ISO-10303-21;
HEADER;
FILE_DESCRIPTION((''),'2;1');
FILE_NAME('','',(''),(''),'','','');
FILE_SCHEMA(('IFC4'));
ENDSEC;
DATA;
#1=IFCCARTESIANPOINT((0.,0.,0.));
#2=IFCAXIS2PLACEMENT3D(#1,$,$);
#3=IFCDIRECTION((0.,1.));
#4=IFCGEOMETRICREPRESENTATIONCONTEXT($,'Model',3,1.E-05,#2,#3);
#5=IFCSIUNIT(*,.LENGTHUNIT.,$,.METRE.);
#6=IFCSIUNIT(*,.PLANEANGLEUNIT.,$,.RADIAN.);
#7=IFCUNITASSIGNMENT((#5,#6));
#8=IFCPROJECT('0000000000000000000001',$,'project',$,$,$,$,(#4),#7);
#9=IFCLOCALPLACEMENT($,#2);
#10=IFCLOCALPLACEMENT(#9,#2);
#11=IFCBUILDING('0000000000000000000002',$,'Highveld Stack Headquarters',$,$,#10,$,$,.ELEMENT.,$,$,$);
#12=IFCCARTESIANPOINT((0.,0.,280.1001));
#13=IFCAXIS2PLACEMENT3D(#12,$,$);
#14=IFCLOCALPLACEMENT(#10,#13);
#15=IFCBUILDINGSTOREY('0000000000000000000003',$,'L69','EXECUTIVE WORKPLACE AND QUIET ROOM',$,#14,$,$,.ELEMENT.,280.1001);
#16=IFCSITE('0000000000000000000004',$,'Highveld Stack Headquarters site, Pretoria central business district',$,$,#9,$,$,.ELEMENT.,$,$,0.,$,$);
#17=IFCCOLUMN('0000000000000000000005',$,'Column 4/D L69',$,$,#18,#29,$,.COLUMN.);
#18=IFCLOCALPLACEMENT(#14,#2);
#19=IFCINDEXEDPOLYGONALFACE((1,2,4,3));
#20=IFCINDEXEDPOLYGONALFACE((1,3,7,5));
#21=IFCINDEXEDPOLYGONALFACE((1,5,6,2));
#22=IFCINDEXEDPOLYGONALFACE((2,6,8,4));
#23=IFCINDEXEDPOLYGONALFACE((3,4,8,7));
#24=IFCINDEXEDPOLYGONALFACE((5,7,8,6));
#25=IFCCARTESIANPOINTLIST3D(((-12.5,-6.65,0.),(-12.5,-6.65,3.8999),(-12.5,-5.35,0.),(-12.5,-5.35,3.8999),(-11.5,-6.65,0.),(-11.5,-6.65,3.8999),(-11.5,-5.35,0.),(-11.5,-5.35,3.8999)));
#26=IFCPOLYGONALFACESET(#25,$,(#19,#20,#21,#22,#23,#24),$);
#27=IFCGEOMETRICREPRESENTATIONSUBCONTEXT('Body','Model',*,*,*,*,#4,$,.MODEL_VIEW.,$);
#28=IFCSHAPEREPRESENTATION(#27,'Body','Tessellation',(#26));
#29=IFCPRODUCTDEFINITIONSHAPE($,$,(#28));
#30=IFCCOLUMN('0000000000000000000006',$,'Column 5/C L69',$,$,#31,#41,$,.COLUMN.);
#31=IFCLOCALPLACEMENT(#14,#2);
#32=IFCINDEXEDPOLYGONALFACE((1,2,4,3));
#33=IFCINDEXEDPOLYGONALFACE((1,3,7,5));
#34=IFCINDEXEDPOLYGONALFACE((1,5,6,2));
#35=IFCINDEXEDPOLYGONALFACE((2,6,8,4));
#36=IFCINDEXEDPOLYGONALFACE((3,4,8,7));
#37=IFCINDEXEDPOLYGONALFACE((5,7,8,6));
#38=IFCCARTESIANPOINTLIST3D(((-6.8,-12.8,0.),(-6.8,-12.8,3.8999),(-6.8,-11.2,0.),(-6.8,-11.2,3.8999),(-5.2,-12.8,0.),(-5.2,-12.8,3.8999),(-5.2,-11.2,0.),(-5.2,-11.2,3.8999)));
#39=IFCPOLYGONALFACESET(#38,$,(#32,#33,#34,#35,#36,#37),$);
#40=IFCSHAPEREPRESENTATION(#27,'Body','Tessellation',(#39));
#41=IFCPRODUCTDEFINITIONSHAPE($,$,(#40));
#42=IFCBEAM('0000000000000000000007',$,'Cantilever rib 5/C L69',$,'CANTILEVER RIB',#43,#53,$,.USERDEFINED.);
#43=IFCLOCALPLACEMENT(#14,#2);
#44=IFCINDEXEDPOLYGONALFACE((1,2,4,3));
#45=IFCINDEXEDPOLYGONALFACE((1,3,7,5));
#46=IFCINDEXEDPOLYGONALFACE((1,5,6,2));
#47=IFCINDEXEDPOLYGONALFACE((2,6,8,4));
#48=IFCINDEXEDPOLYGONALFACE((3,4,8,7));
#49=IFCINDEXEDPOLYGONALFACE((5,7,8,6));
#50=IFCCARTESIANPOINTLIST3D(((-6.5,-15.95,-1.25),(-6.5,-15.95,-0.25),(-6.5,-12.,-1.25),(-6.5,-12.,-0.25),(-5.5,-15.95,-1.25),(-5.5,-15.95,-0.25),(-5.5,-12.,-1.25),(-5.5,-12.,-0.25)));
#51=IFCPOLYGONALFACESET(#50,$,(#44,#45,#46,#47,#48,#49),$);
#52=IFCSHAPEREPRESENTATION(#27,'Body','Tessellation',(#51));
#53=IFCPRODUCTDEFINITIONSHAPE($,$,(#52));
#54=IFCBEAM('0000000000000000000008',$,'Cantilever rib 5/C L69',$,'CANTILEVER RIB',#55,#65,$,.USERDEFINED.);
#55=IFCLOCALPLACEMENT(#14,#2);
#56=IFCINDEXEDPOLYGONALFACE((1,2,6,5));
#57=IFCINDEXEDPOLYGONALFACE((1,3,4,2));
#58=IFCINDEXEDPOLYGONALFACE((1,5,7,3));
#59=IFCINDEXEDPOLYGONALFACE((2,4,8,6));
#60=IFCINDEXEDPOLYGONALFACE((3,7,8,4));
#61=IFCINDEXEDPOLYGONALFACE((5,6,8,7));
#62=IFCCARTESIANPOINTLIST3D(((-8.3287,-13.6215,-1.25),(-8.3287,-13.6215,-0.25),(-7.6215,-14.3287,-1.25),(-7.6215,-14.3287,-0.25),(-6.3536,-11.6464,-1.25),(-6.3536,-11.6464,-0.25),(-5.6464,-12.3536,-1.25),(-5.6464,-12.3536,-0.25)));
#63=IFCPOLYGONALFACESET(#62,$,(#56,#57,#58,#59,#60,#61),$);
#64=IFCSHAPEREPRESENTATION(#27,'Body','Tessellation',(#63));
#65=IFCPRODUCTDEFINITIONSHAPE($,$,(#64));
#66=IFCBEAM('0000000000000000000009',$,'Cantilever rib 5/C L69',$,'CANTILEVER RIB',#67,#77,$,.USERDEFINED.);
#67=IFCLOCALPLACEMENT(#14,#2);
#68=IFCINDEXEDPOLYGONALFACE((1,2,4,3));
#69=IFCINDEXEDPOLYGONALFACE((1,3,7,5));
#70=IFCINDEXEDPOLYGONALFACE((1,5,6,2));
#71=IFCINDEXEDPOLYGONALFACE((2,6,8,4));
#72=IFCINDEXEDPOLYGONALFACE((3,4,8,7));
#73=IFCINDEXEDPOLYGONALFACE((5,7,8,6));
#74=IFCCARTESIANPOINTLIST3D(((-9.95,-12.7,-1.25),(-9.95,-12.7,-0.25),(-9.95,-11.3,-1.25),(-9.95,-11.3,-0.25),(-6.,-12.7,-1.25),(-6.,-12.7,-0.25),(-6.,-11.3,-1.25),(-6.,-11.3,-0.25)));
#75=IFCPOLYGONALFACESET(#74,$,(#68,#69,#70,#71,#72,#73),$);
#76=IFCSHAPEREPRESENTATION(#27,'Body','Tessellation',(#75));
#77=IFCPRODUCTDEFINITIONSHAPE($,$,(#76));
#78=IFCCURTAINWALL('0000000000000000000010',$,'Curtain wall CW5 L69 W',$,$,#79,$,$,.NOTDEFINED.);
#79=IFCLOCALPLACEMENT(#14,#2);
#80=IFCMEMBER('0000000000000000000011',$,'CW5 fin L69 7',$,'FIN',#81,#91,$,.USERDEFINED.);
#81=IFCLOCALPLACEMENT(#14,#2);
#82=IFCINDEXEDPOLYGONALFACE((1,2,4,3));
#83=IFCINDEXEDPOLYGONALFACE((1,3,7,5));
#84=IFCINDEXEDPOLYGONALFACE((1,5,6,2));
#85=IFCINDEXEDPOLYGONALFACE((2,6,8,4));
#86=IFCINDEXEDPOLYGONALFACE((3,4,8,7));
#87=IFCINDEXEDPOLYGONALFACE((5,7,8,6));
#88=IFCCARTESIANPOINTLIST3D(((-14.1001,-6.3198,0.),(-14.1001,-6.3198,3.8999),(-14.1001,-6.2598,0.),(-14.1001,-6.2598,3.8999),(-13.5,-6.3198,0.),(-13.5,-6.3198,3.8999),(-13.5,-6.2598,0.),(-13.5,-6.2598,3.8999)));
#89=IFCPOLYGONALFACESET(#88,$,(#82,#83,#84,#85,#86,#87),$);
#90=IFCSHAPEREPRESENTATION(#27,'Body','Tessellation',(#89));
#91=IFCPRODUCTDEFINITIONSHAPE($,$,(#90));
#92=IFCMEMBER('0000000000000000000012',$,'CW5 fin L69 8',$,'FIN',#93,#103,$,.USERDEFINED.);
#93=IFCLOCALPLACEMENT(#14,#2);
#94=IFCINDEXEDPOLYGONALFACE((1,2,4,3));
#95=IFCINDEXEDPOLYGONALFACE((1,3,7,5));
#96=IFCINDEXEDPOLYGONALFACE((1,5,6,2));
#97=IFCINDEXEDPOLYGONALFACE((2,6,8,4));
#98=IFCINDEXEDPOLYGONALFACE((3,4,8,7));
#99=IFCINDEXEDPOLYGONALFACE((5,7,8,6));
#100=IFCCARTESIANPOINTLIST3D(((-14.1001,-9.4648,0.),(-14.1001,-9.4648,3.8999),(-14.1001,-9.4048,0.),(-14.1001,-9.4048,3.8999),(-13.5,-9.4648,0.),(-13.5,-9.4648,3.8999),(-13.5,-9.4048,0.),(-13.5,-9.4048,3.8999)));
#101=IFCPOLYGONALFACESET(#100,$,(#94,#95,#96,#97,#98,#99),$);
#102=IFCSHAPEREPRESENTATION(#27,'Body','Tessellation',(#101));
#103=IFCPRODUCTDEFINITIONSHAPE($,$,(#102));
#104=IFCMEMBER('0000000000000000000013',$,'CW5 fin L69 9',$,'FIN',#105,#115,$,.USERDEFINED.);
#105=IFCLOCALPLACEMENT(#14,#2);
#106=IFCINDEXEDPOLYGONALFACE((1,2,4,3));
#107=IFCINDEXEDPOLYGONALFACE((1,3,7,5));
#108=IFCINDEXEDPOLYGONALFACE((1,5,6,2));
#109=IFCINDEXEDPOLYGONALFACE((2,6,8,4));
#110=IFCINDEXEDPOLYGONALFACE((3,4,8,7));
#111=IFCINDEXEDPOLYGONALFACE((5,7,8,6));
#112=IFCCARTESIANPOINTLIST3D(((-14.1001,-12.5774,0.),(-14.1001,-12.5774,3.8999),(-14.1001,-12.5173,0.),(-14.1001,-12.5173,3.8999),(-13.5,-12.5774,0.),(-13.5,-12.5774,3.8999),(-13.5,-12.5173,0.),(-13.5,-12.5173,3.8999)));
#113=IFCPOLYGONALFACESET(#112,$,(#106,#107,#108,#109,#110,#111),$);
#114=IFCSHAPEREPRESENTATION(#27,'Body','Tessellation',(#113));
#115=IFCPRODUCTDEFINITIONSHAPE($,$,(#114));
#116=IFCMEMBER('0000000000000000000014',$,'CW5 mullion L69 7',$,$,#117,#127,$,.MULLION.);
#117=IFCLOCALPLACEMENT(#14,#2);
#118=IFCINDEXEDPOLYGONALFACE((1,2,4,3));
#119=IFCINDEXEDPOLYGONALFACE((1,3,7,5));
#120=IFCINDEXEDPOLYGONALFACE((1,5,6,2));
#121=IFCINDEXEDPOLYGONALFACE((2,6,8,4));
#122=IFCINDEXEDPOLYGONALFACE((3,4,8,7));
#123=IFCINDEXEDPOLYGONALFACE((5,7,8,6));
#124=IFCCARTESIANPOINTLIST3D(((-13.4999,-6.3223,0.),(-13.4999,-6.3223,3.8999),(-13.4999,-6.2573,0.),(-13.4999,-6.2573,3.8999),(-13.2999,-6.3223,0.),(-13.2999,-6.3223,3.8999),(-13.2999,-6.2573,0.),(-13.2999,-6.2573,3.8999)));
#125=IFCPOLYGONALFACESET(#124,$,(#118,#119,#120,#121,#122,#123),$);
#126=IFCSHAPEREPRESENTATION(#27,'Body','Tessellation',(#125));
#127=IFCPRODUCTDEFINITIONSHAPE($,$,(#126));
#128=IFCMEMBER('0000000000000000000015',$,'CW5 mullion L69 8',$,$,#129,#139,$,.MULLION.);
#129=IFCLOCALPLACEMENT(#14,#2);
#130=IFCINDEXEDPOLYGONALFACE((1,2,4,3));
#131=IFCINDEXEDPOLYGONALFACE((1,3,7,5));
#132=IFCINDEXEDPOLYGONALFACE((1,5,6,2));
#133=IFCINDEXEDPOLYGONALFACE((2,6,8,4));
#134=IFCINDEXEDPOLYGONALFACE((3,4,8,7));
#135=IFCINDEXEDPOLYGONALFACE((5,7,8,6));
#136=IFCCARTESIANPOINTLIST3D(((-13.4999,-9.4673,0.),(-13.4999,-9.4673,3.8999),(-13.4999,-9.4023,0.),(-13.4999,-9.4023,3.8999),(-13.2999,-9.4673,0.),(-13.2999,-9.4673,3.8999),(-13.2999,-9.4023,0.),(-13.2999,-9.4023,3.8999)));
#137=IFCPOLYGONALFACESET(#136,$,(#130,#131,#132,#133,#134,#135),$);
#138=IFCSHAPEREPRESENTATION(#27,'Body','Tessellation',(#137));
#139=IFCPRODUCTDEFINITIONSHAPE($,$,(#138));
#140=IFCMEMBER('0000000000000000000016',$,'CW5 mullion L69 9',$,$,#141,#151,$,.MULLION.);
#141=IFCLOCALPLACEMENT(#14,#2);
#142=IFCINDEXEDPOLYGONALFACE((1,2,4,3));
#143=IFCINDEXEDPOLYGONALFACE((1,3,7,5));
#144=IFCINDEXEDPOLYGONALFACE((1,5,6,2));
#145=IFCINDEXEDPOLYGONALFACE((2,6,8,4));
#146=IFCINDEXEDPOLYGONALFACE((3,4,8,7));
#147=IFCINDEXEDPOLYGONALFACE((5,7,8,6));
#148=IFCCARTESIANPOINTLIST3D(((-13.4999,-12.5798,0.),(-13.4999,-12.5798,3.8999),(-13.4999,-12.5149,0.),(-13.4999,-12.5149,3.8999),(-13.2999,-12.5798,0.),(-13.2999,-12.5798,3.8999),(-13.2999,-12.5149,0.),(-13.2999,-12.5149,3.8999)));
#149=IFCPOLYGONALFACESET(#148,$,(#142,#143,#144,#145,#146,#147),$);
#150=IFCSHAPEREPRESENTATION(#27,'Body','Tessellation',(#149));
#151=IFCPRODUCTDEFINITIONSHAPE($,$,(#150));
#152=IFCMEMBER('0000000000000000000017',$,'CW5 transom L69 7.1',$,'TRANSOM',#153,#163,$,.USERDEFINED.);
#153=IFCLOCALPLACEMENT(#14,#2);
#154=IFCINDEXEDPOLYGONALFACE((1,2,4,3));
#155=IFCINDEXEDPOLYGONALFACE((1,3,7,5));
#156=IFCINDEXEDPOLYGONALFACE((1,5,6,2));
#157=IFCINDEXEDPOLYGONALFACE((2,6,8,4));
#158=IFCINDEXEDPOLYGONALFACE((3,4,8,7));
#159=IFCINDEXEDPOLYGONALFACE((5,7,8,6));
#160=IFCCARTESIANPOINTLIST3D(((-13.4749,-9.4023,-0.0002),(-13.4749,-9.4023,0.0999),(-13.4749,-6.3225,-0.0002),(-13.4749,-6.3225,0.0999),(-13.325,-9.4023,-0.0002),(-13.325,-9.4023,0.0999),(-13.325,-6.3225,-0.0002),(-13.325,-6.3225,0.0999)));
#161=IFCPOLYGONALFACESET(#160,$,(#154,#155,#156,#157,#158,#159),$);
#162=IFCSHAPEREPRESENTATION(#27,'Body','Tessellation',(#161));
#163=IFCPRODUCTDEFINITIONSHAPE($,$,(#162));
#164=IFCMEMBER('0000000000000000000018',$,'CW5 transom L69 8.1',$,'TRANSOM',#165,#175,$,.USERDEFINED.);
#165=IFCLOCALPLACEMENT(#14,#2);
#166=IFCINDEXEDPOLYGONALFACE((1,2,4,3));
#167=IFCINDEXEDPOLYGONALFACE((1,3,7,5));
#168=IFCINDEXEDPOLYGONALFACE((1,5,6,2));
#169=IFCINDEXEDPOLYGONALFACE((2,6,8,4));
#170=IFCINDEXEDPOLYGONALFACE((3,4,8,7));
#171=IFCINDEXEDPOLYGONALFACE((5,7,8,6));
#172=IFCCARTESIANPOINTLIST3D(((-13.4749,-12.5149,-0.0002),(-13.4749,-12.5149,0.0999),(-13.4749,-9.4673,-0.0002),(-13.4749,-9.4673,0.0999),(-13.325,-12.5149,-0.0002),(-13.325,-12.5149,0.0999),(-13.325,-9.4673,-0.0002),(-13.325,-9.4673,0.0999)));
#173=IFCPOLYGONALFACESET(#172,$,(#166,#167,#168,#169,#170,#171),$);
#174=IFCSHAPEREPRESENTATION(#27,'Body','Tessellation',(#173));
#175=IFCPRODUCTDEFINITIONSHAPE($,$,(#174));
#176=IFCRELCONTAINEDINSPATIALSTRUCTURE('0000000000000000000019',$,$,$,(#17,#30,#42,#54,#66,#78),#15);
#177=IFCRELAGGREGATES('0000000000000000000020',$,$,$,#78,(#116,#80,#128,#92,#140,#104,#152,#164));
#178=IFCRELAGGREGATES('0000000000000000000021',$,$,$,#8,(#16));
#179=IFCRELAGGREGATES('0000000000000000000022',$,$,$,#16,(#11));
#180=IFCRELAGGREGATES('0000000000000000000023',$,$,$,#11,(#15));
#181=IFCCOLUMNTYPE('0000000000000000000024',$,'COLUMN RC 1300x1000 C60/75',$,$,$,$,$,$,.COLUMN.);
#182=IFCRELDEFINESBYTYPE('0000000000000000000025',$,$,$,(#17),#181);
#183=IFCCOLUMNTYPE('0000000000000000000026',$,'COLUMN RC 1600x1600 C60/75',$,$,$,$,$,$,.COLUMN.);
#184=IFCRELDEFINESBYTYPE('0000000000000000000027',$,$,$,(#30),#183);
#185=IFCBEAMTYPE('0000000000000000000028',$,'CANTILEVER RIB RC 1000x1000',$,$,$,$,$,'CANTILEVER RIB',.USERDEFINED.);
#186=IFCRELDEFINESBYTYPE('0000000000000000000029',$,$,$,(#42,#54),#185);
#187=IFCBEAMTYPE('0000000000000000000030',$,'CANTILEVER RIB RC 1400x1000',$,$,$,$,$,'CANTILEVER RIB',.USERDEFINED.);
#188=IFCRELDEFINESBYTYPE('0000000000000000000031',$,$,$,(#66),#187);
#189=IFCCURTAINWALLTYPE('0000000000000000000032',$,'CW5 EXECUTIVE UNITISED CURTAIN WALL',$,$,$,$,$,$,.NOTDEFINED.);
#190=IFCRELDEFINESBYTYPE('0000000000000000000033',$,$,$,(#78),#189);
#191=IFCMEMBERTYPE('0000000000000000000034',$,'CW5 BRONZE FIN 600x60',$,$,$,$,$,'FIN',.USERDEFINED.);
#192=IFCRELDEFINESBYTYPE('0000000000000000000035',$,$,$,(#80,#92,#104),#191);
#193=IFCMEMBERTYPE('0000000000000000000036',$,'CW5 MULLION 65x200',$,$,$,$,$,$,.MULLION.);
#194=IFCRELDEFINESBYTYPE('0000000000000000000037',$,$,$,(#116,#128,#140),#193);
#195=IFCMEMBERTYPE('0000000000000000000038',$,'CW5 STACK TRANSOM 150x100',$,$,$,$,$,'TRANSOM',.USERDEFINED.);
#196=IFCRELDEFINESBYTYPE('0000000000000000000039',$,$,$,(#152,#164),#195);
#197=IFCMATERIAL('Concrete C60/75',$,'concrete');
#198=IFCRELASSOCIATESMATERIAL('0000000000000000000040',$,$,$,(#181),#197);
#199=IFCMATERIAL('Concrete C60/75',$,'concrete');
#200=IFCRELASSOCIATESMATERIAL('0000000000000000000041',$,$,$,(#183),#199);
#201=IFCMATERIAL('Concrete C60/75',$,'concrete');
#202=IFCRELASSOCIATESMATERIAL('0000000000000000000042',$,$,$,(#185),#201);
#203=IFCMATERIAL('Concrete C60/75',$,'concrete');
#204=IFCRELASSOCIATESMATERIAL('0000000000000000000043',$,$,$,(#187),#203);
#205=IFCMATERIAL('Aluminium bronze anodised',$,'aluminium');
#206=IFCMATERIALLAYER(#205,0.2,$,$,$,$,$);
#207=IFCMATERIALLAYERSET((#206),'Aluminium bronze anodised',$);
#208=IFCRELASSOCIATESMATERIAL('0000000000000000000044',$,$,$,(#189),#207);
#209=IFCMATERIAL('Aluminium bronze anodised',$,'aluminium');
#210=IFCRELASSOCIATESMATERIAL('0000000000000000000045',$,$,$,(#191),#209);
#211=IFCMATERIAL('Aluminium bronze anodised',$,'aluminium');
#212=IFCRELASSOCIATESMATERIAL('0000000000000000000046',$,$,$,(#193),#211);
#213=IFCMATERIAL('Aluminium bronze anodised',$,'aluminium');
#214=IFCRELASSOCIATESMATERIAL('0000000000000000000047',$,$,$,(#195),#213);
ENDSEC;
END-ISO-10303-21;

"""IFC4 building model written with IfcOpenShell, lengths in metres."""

from ifc_helpers import new_model, si_unit, direction, frame, origin, origin_2d, place, context, subcontext, project, spatial, rectangle, extrude, material, layer, layer_set, material_profile, profile_set, type_object, element, aggregate, save


model = new_model("IFC4")

# Units and contexts
model_context = context("Model", 3, precision=1e-05, world=origin(), true_north=direction((0.0, 1.0)))
body_context = subcontext(model_context, "Body", "Model", "MODEL_VIEW")
ifc_project = project(units=[si_unit("LENGTHUNIT", "METRE"), si_unit("PLANEANGLEUNIT", "RADIAN")], contexts=[model_context])

# Site, building, storey
site_placement = place(None, origin())
site = spatial("IfcSite", under=ifc_project, at=site_placement, Name="Highveld Stack Headquarters site, Pretoria central business district", CompositionType="ELEMENT", RefElevation=0.0)
building_placement = place(site_placement, origin())
building = spatial("IfcBuilding", under=site, at=building_placement, Name="Highveld Stack Headquarters", CompositionType="ELEMENT")
storey_placement = place(building_placement, frame((0.0, 0.0, 280.1001)))
storey = spatial("IfcBuildingStorey", under=building, at=storey_placement, Name="L69", Description="EXECUTIVE WORKPLACE AND QUIET ROOM", CompositionType="ELEMENT", Elevation=280.1001)

# Columns
ifc_material_1 = material(Name="Concrete C60/75", Category="concrete")
ifc_material_profile_1 = material_profile(ifc_material_1, rectangle(XDim=1.3, YDim=1.0, at=origin_2d()), Name="RC 1300x1000")
ifc_profile_set_1 = profile_set([ifc_material_profile_1], Name="Concrete C60/75")
column_type_1 = type_object("IfcColumnType", Name="COLUMN RC 1300x1000 C60/75", PredefinedType="COLUMN", material=ifc_profile_set_1)
column_1_placement = place(storey_placement, frame((-12.0, -6.0, 0.0), z_axis=(0.0, 0.0, 1.0), x_axis=(0.0, 1.0, 0.0)))
element("IfcColumn", 1, at=column_1_placement, inside=storey, type_object=column_type_1, Name="Column 4/D L69", PredefinedType="COLUMN", context=body_context, shape_type="SweptSolid", body=[
    extrude(rectangle(XDim=1.3, YDim=1.0, at=origin_2d()), origin(), (0.0, 0.0, 1.0), 3.8999),
])
ifc_material_2 = material(Name="Concrete C60/75", Category="concrete")
ifc_material_profile_2 = material_profile(ifc_material_2, rectangle(XDim=1.6001, YDim=1.6001, at=origin_2d()), Name="RC 1600x1600")
ifc_profile_set_2 = profile_set([ifc_material_profile_2], Name="Concrete C60/75")
column_type_2 = type_object("IfcColumnType", Name="COLUMN RC 1600x1600 C60/75", PredefinedType="COLUMN", material=ifc_profile_set_2)
column_2_placement = place(storey_placement, frame((-6.0, -12.0, 0.0), z_axis=(0.0, 0.0, 1.0), x_axis=(1.0, 0.0, 0.0)))
element("IfcColumn", 2, at=column_2_placement, inside=storey, type_object=column_type_2, Name="Column 5/C L69", PredefinedType="COLUMN", context=body_context, shape_type="SweptSolid", body=[
    extrude(rectangle(XDim=1.6001, YDim=1.6001, at=origin_2d()), origin(), (0.0, 0.0, 1.0), 3.8999),
])

# Beams
ifc_material_3 = material(Name="Concrete C60/75", Category="concrete")
ifc_material_profile_3 = material_profile(ifc_material_3, rectangle(XDim=1.0, YDim=1.0, at=origin_2d()), Name="RC 1000x1000")
ifc_profile_set_3 = profile_set([ifc_material_profile_3], Name="Concrete C60/75")
beam_type_1 = type_object("IfcBeamType", Name="CANTILEVER RIB RC 1000x1000", ElementType="CANTILEVER RIB", PredefinedType="USERDEFINED", material=ifc_profile_set_3)
beam_1_placement = place(storey_placement, frame((-6.0, -12.0, -0.75), z_axis=(0.0, -1.0, 0.0), x_axis=(1.0, 0.0, 0.0)))
element("IfcBeam", 3, at=beam_1_placement, inside=storey, type_object=beam_type_1, Name="Cantilever rib 5/C L69", ObjectType="CANTILEVER RIB", PredefinedType="USERDEFINED", context=body_context, shape_type="SweptSolid", body=[
    extrude(rectangle(XDim=1.0, YDim=1.0, at=origin_2d()), origin(), (0.0, 0.0, 1.0), 3.95),
])
beam_2_placement = place(storey_placement, frame((-6.0, -12.0, -0.75), z_axis=(-0.707107, -0.707107, 0.0), x_axis=(0.707107, -0.707107, 0.0)))
element("IfcBeam", 4, at=beam_2_placement, inside=storey, type_object=beam_type_1, Name="Cantilever rib 5/C L69", ObjectType="CANTILEVER RIB", PredefinedType="USERDEFINED", context=body_context, shape_type="SweptSolid", body=[
    extrude(rectangle(XDim=1.0, YDim=1.0, at=origin_2d()), origin(), (0.0, 0.0, 1.0), 2.7932),
])
ifc_material_4 = material(Name="Concrete C60/75", Category="concrete")
ifc_material_profile_4 = material_profile(ifc_material_4, rectangle(XDim=1.3999, YDim=1.0, at=origin_2d()), Name="RC 1400x1000")
ifc_profile_set_4 = profile_set([ifc_material_profile_4], Name="Concrete C60/75")
beam_type_2 = type_object("IfcBeamType", Name="CANTILEVER RIB RC 1400x1000", ElementType="CANTILEVER RIB", PredefinedType="USERDEFINED", material=ifc_profile_set_4)
beam_3_placement = place(storey_placement, frame((-6.0, -12.0, -0.75), z_axis=(-1.0, 0.0, 0.0), x_axis=(0.0, -1.0, 0.0)))
element("IfcBeam", 5, at=beam_3_placement, inside=storey, type_object=beam_type_2, Name="Cantilever rib 5/C L69", ObjectType="CANTILEVER RIB", PredefinedType="USERDEFINED", context=body_context, shape_type="SweptSolid", body=[
    extrude(rectangle(XDim=1.3999, YDim=1.0, at=origin_2d()), origin(), (0.0, 0.0, 1.0), 3.95),
])

# Curtain wall, members
ifc_material_5 = material(Name="Aluminium bronze anodised", Category="aluminium")
ifc_layer_1 = layer(ifc_material_5, 0.2)
ifc_layer_set_1 = layer_set([ifc_layer_1], Name="Aluminium bronze anodised")
curtain_wall_type = type_object("IfcCurtainWallType", Name="CW5 EXECUTIVE UNITISED CURTAIN WALL", PredefinedType="NOTDEFINED", material=ifc_layer_set_1)
curtain_wall_1_placement = place(storey_placement, origin())
curtain_wall_1 = element("IfcCurtainWall", 6, at=curtain_wall_1_placement, inside=storey, type_object=curtain_wall_type, Name="Curtain wall CW5 L69 W", PredefinedType="NOTDEFINED")
ifc_material_6 = material(Name="Aluminium bronze anodised", Category="aluminium")
ifc_material_profile_5 = material_profile(ifc_material_6, rectangle(XDim=0.6001, YDim=0.0601, at=origin_2d()), Name="FIN 600x60")
ifc_profile_set_5 = profile_set([ifc_material_profile_5], Name="Aluminium bronze anodised")
member_type_1 = type_object("IfcMemberType", Name="CW5 BRONZE FIN 600x60", ElementType="FIN", PredefinedType="USERDEFINED", material=ifc_profile_set_5)
member_1_placement = place(storey_placement, frame((-13.8, -6.2898, 0.0), z_axis=(0.0, 0.0, 1.0), x_axis=(1.0, 0.0, 0.0)))
member_1 = element("IfcMember", 7, at=member_1_placement, type_object=member_type_1, Name="CW5 fin L69 7", ObjectType="FIN", PredefinedType="USERDEFINED", context=body_context, shape_type="SweptSolid", body=[
    extrude(rectangle(XDim=0.6001, YDim=0.0601, at=origin_2d()), origin(), (0.0, 0.0, 1.0), 3.8999),
])
member_2_placement = place(storey_placement, frame((-13.8, -9.4348, 0.0), z_axis=(0.0, 0.0, 1.0), x_axis=(1.0, 0.0, 0.0)))
member_2 = element("IfcMember", 8, at=member_2_placement, type_object=member_type_1, Name="CW5 fin L69 8", ObjectType="FIN", PredefinedType="USERDEFINED", context=body_context, shape_type="SweptSolid", body=[
    extrude(rectangle(XDim=0.6001, YDim=0.0601, at=origin_2d()), origin(), (0.0, 0.0, 1.0), 3.8999),
])
member_3_placement = place(storey_placement, frame((-13.8, -12.5474, 0.0), z_axis=(0.0, 0.0, 1.0), x_axis=(1.0, 0.0, 0.0)))
member_3 = element("IfcMember", 9, at=member_3_placement, type_object=member_type_1, Name="CW5 fin L69 9", ObjectType="FIN", PredefinedType="USERDEFINED", context=body_context, shape_type="SweptSolid", body=[
    extrude(rectangle(XDim=0.6001, YDim=0.0601, at=origin_2d()), origin(), (0.0, 0.0, 1.0), 3.8999),
])
ifc_material_7 = material(Name="Aluminium bronze anodised", Category="aluminium")
ifc_material_profile_6 = material_profile(ifc_material_7, rectangle(XDim=0.2, YDim=0.0649, at=origin_2d()), Name="CW5 MULLION 65x200")
ifc_profile_set_6 = profile_set([ifc_material_profile_6], Name="Aluminium bronze anodised")
member_type_2 = type_object("IfcMemberType", Name="CW5 MULLION 65x200", PredefinedType="MULLION", material=ifc_profile_set_6)
member_4_placement = place(storey_placement, frame((-13.3999, -6.2898, 0.0), z_axis=(0.0, 0.0, 1.0), x_axis=(1.0, 0.0, 0.0)))
member_4 = element("IfcMember", 10, at=member_4_placement, type_object=member_type_2, Name="CW5 mullion L69 7", PredefinedType="MULLION", context=body_context, shape_type="SweptSolid", body=[
    extrude(rectangle(XDim=0.2, YDim=0.0649, at=origin_2d()), origin(), (0.0, 0.0, 1.0), 3.8999),
])
member_5_placement = place(storey_placement, frame((-13.3999, -9.4348, 0.0), z_axis=(0.0, 0.0, 1.0), x_axis=(1.0, 0.0, 0.0)))
member_5 = element("IfcMember", 11, at=member_5_placement, type_object=member_type_2, Name="CW5 mullion L69 8", PredefinedType="MULLION", context=body_context, shape_type="SweptSolid", body=[
    extrude(rectangle(XDim=0.2, YDim=0.0649, at=origin_2d()), origin(), (0.0, 0.0, 1.0), 3.8999),
])
member_6_placement = place(storey_placement, frame((-13.3999, -12.5474, 0.0), z_axis=(0.0, 0.0, 1.0), x_axis=(1.0, 0.0, 0.0)))
member_6 = element("IfcMember", 12, at=member_6_placement, type_object=member_type_2, Name="CW5 mullion L69 9", PredefinedType="MULLION", context=body_context, shape_type="SweptSolid", body=[
    extrude(rectangle(XDim=0.2, YDim=0.0649, at=origin_2d()), origin(), (0.0, 0.0, 1.0), 3.8999),
])
ifc_material_8 = material(Name="Aluminium bronze anodised", Category="aluminium")
ifc_material_profile_7 = material_profile(ifc_material_8, rectangle(XDim=0.1499, YDim=0.1001, at=origin_2d()), Name="CW5 TRANSOM 150x100")
ifc_profile_set_7 = profile_set([ifc_material_profile_7], Name="Aluminium bronze anodised")
member_type_3 = type_object("IfcMemberType", Name="CW5 STACK TRANSOM 150x100", ElementType="TRANSOM", PredefinedType="USERDEFINED", material=ifc_profile_set_7)
member_7_placement = place(storey_placement, frame((-13.3999, -6.3225, 0.0498), z_axis=(0.0, -1.0, 0.0), x_axis=(1.0, 0.0, 0.0)))
member_7 = element("IfcMember", 13, at=member_7_placement, type_object=member_type_3, Name="CW5 transom L69 7.1", ObjectType="TRANSOM", PredefinedType="USERDEFINED", context=body_context, shape_type="SweptSolid", body=[
    extrude(rectangle(XDim=0.1499, YDim=0.1001, at=origin_2d()), origin(), (0.0, 0.0, 1.0), 3.0798),
])
member_8_placement = place(storey_placement, frame((-13.3999, -9.4673, 0.0498), z_axis=(0.0, -1.0, 0.0), x_axis=(1.0, 0.0, 0.0)))
member_8 = element("IfcMember", 14, at=member_8_placement, type_object=member_type_3, Name="CW5 transom L69 8.1", ObjectType="TRANSOM", PredefinedType="USERDEFINED", context=body_context, shape_type="SweptSolid", body=[
    extrude(rectangle(XDim=0.1499, YDim=0.1001, at=origin_2d()), origin(), (0.0, 0.0, 1.0), 3.0476),
])

aggregate(curtain_wall_1, [member_4, member_1, member_5, member_2, member_6, member_3, member_7, member_8])

save(model, "model.ifc")
